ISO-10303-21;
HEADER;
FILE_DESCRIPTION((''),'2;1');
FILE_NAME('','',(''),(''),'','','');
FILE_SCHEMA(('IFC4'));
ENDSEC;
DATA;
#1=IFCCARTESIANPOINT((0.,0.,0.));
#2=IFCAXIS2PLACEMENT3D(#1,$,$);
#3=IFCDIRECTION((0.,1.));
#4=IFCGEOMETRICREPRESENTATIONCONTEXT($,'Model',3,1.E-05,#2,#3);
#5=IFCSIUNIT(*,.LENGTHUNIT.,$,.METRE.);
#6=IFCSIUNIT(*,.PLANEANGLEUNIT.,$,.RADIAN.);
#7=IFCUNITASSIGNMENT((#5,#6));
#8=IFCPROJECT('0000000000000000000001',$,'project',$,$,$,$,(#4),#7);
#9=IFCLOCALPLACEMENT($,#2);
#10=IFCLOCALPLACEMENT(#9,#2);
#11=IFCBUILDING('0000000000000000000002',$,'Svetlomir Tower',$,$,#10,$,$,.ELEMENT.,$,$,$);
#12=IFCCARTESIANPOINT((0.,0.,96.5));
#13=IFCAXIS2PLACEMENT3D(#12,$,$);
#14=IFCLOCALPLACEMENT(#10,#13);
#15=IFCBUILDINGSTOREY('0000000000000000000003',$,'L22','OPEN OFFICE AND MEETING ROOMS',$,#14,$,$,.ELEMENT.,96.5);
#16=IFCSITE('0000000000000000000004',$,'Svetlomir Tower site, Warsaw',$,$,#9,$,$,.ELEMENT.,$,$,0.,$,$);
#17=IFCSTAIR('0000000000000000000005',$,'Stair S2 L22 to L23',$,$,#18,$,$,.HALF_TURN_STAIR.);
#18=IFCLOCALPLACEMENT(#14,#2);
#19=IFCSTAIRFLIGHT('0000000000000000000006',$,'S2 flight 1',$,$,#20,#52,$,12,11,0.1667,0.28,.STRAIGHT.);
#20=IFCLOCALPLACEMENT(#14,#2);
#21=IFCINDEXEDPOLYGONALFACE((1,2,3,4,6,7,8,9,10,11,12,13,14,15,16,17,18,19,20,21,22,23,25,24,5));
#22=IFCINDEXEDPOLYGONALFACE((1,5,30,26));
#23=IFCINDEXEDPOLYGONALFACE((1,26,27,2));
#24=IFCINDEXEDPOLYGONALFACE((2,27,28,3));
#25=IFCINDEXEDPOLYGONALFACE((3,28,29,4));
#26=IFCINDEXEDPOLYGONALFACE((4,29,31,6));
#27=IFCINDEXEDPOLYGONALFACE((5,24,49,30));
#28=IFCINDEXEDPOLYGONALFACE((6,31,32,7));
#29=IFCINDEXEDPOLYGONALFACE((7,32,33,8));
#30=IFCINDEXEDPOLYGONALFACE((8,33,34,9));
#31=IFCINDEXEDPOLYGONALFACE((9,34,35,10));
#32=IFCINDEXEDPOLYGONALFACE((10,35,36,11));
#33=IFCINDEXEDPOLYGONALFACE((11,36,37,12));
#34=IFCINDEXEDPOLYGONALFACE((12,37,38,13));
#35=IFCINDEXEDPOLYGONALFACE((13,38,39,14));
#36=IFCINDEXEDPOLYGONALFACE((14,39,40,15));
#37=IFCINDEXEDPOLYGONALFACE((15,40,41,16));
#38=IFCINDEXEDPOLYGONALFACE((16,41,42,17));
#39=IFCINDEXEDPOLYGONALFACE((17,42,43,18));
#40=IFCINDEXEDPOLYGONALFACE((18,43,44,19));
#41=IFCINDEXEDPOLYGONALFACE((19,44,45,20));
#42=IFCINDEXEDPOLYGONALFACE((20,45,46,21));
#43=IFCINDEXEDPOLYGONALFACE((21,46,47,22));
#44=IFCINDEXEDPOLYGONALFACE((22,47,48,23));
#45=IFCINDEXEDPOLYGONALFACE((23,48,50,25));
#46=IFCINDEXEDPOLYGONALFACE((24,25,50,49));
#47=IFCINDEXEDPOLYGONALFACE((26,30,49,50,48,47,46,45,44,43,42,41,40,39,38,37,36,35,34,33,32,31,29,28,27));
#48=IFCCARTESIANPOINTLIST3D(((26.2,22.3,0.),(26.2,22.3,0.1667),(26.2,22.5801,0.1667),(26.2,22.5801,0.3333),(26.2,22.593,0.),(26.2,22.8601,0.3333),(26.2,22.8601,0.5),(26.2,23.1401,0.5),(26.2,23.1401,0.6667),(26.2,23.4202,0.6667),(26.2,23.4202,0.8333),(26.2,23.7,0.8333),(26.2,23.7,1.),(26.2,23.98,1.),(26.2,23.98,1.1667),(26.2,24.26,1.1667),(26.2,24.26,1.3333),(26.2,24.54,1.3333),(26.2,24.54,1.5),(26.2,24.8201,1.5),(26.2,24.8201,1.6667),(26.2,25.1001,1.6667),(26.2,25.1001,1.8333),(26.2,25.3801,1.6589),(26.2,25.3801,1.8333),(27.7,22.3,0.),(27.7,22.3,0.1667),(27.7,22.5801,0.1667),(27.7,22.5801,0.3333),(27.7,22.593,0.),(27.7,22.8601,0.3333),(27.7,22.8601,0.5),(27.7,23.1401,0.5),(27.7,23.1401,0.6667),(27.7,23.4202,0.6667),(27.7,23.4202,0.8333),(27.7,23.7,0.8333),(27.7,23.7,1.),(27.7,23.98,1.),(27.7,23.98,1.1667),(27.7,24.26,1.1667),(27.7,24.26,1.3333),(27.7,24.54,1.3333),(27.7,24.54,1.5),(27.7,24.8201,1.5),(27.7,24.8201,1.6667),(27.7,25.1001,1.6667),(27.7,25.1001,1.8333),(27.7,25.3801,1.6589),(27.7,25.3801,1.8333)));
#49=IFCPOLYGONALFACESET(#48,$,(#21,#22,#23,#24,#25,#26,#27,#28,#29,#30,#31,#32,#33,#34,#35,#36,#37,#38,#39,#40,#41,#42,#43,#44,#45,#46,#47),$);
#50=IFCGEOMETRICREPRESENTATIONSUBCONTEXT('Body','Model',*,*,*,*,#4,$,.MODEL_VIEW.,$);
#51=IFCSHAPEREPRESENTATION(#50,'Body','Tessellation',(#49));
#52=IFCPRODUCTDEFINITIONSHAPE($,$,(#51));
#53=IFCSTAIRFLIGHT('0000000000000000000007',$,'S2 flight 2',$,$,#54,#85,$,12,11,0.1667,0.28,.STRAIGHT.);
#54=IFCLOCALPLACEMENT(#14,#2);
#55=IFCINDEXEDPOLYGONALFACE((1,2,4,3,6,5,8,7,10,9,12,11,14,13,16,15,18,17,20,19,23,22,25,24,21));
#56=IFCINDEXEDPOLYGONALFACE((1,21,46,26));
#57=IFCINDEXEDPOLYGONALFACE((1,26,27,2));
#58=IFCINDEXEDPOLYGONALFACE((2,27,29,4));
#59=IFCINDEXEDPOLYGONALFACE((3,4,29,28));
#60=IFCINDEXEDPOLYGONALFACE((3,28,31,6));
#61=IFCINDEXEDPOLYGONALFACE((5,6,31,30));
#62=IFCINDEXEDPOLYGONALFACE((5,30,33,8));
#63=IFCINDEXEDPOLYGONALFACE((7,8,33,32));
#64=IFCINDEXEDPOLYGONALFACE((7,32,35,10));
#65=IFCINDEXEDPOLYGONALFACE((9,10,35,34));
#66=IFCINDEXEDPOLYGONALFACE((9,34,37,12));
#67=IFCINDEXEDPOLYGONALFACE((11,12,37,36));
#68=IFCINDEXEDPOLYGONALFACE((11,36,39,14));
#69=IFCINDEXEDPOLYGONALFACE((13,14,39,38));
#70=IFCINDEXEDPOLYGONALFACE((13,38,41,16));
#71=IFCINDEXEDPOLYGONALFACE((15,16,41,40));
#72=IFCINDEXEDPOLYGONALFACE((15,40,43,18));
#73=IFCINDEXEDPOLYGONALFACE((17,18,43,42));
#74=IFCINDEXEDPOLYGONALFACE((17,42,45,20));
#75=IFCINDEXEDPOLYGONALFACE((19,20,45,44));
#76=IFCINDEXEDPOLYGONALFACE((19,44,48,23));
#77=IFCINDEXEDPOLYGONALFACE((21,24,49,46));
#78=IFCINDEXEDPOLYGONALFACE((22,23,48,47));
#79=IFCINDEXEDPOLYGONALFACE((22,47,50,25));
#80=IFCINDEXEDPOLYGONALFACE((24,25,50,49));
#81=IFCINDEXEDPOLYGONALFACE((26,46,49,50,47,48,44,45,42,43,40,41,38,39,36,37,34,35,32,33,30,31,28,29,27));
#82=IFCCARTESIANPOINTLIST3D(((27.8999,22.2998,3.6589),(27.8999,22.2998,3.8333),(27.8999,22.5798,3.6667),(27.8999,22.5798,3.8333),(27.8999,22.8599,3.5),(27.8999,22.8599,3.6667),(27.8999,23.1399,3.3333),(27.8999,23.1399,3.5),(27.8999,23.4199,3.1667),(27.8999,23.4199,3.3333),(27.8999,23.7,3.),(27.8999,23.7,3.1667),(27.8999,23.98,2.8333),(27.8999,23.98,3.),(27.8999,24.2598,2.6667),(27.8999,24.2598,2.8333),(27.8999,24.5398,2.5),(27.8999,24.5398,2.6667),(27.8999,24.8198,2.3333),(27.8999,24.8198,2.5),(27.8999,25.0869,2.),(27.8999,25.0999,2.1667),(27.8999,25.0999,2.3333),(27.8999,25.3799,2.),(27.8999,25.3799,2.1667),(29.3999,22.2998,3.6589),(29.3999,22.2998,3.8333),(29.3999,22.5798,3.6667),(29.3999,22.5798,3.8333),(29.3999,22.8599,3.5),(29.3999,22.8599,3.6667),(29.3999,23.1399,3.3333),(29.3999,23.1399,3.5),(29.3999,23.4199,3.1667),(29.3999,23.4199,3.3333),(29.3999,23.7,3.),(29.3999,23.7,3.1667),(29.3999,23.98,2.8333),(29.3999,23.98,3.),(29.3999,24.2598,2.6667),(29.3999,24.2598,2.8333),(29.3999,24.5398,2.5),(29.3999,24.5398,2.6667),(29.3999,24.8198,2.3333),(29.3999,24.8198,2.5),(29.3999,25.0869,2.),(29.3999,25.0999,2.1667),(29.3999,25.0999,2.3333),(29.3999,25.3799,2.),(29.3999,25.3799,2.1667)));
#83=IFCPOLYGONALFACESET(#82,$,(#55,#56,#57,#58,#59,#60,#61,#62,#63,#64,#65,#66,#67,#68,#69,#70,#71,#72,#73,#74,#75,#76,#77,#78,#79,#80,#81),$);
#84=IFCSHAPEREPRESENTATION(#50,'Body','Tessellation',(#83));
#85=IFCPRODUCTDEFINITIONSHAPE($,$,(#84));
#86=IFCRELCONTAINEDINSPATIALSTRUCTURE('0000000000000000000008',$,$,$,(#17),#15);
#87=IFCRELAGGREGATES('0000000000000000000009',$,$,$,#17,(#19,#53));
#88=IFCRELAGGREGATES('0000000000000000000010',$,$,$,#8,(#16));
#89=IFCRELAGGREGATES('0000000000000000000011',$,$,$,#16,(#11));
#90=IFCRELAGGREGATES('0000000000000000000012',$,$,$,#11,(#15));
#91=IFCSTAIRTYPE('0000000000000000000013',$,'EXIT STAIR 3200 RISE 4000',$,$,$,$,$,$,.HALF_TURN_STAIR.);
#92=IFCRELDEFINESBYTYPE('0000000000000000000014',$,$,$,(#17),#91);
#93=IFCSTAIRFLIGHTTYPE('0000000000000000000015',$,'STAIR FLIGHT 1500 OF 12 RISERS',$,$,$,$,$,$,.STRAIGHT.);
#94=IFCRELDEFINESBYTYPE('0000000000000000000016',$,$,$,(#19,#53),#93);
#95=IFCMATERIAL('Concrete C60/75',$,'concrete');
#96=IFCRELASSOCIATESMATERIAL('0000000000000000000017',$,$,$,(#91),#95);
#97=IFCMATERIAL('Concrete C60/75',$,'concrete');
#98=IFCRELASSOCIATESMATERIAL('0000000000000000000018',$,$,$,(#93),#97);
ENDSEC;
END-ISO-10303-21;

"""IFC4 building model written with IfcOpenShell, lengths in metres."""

from ifc_helpers import new_model, si_unit, direction, frame, origin, place, context, subcontext, project, spatial, polyline, outline, extrude, material, type_object, element, aggregate, save


model = new_model("IFC4")

# Units and contexts
model_context = context("Model", 3, precision=1e-05, world=origin(), true_north=direction((0.0, 1.0)))
body_context = subcontext(model_context, "Body", "Model", "MODEL_VIEW")
ifc_project = project(units=[si_unit("LENGTHUNIT", "METRE"), si_unit("PLANEANGLEUNIT", "RADIAN")], contexts=[model_context])

# Site, building, storey
site_placement = place(None, origin())
site = spatial("IfcSite", under=ifc_project, at=site_placement, Name="Svetlomir Tower site, Warsaw", CompositionType="ELEMENT", RefElevation=0.0)
building_placement = place(site_placement, origin())
building = spatial("IfcBuilding", under=site, at=building_placement, Name="Svetlomir Tower", CompositionType="ELEMENT")
storey_placement = place(building_placement, frame((0.0, 0.0, 96.5)))
storey = spatial("IfcBuildingStorey", under=building, at=storey_placement, Name="L22", Description="OPEN OFFICE AND MEETING ROOMS", CompositionType="ELEMENT", Elevation=96.5)

# Stair, stair flights
ifc_material_1 = material(Name="Concrete C60/75", Category="concrete")
stair_type = type_object("IfcStairType", Name="EXIT STAIR 3200 RISE 4000", PredefinedType="HALF_TURN_STAIR", material=ifc_material_1)
stair_placement = place(storey_placement, origin())
stair = element("IfcStair", 1, at=stair_placement, inside=storey, type_object=stair_type, Name="Stair S2 L22 to L23", PredefinedType="HALF_TURN_STAIR")
ifc_material_2 = material(Name="Concrete C60/75", Category="concrete")
stair_flight_type = type_object("IfcStairFlightType", Name="STAIR FLIGHT 1500 OF 12 RISERS", PredefinedType="STRAIGHT", material=ifc_material_2)
stair_flight_1_placement = place(storey_placement, frame((26.95, 22.3, 0.0), z_axis=(0.0, 0.0, 1.0), x_axis=(0.0, 1.0, 0.0)))
stair_flight_1 = element("IfcStairFlight", 2, at=stair_flight_1_placement, type_object=stair_flight_type, Name="S2 flight 1", NumberOfRisers=12, NumberOfTreads=11, PredefinedType="STRAIGHT", RiserHeight=0.1667, TreadLength=0.28, context=body_context, shape_type="SweptSolid", body=[
    extrude(outline(polyline([(0.0, 0.0), (0.0, 0.1667), (0.28, 0.1667), (0.28, 0.3333), (0.5601, 0.3333), (0.5601, 0.5), (0.8401, 0.5), (0.8401, 0.6667), (1.1201, 0.6667), (1.1201, 0.8333), (1.3999, 0.8333), (1.3999, 1.0), (1.6799, 1.0), (1.6799, 1.1667), (1.96, 1.1667), (1.96, 1.3333), (2.24, 1.3333), (2.24, 1.5), (2.52, 1.5), (2.52, 1.6667), (2.8, 1.6667), (2.8, 1.8333), (3.0801, 1.8333), (3.0801, 2.0), (3.0801, 1.6589), (0.293, 0.0), (0.0, 0.0)])), frame((0.0, 0.75, 0.0), z_axis=(0.0, -1.0, 0.0), x_axis=(1.0, 0.0, 0.0)), (0.0, 0.0, 1.0), 1.5),
])
stair_flight_2_placement = place(storey_placement, frame((28.6499, 25.3799, 2.0), z_axis=(0.0, 0.0, 1.0), x_axis=(0.0, -1.0, 0.0)))
stair_flight_2 = element("IfcStairFlight", 3, at=stair_flight_2_placement, type_object=stair_flight_type, Name="S2 flight 2", NumberOfRisers=12, NumberOfTreads=11, PredefinedType="STRAIGHT", RiserHeight=0.1667, TreadLength=0.28, context=body_context, shape_type="SweptSolid", body=[
    extrude(outline(polyline([(0.0, 0.0), (0.0, 0.1667), (0.28, 0.1667), (0.28, 0.3333), (0.5601, 0.3333), (0.5601, 0.5), (0.8401, 0.5), (0.8401, 0.6667), (1.1201, 0.6667), (1.1201, 0.8333), (1.3999, 0.8333), (1.3999, 1.0), (1.6799, 1.0), (1.6799, 1.1667), (1.96, 1.1667), (1.96, 1.3333), (2.24, 1.3333), (2.24, 1.5), (2.52, 1.5), (2.52, 1.6667), (2.8, 1.6667), (2.8, 1.8333), (3.0801, 1.8333), (3.0801, 2.0), (3.0801, 1.6589), (0.293, 0.0), (0.0, 0.0)])), frame((0.0, 0.75, 0.0), z_axis=(0.0, -1.0, 0.0), x_axis=(1.0, 0.0, 0.0)), (0.0, 0.0, 1.0), 1.5),
])
aggregate(stair, [stair_flight_1, stair_flight_2])

save(model, "model.ifc")
